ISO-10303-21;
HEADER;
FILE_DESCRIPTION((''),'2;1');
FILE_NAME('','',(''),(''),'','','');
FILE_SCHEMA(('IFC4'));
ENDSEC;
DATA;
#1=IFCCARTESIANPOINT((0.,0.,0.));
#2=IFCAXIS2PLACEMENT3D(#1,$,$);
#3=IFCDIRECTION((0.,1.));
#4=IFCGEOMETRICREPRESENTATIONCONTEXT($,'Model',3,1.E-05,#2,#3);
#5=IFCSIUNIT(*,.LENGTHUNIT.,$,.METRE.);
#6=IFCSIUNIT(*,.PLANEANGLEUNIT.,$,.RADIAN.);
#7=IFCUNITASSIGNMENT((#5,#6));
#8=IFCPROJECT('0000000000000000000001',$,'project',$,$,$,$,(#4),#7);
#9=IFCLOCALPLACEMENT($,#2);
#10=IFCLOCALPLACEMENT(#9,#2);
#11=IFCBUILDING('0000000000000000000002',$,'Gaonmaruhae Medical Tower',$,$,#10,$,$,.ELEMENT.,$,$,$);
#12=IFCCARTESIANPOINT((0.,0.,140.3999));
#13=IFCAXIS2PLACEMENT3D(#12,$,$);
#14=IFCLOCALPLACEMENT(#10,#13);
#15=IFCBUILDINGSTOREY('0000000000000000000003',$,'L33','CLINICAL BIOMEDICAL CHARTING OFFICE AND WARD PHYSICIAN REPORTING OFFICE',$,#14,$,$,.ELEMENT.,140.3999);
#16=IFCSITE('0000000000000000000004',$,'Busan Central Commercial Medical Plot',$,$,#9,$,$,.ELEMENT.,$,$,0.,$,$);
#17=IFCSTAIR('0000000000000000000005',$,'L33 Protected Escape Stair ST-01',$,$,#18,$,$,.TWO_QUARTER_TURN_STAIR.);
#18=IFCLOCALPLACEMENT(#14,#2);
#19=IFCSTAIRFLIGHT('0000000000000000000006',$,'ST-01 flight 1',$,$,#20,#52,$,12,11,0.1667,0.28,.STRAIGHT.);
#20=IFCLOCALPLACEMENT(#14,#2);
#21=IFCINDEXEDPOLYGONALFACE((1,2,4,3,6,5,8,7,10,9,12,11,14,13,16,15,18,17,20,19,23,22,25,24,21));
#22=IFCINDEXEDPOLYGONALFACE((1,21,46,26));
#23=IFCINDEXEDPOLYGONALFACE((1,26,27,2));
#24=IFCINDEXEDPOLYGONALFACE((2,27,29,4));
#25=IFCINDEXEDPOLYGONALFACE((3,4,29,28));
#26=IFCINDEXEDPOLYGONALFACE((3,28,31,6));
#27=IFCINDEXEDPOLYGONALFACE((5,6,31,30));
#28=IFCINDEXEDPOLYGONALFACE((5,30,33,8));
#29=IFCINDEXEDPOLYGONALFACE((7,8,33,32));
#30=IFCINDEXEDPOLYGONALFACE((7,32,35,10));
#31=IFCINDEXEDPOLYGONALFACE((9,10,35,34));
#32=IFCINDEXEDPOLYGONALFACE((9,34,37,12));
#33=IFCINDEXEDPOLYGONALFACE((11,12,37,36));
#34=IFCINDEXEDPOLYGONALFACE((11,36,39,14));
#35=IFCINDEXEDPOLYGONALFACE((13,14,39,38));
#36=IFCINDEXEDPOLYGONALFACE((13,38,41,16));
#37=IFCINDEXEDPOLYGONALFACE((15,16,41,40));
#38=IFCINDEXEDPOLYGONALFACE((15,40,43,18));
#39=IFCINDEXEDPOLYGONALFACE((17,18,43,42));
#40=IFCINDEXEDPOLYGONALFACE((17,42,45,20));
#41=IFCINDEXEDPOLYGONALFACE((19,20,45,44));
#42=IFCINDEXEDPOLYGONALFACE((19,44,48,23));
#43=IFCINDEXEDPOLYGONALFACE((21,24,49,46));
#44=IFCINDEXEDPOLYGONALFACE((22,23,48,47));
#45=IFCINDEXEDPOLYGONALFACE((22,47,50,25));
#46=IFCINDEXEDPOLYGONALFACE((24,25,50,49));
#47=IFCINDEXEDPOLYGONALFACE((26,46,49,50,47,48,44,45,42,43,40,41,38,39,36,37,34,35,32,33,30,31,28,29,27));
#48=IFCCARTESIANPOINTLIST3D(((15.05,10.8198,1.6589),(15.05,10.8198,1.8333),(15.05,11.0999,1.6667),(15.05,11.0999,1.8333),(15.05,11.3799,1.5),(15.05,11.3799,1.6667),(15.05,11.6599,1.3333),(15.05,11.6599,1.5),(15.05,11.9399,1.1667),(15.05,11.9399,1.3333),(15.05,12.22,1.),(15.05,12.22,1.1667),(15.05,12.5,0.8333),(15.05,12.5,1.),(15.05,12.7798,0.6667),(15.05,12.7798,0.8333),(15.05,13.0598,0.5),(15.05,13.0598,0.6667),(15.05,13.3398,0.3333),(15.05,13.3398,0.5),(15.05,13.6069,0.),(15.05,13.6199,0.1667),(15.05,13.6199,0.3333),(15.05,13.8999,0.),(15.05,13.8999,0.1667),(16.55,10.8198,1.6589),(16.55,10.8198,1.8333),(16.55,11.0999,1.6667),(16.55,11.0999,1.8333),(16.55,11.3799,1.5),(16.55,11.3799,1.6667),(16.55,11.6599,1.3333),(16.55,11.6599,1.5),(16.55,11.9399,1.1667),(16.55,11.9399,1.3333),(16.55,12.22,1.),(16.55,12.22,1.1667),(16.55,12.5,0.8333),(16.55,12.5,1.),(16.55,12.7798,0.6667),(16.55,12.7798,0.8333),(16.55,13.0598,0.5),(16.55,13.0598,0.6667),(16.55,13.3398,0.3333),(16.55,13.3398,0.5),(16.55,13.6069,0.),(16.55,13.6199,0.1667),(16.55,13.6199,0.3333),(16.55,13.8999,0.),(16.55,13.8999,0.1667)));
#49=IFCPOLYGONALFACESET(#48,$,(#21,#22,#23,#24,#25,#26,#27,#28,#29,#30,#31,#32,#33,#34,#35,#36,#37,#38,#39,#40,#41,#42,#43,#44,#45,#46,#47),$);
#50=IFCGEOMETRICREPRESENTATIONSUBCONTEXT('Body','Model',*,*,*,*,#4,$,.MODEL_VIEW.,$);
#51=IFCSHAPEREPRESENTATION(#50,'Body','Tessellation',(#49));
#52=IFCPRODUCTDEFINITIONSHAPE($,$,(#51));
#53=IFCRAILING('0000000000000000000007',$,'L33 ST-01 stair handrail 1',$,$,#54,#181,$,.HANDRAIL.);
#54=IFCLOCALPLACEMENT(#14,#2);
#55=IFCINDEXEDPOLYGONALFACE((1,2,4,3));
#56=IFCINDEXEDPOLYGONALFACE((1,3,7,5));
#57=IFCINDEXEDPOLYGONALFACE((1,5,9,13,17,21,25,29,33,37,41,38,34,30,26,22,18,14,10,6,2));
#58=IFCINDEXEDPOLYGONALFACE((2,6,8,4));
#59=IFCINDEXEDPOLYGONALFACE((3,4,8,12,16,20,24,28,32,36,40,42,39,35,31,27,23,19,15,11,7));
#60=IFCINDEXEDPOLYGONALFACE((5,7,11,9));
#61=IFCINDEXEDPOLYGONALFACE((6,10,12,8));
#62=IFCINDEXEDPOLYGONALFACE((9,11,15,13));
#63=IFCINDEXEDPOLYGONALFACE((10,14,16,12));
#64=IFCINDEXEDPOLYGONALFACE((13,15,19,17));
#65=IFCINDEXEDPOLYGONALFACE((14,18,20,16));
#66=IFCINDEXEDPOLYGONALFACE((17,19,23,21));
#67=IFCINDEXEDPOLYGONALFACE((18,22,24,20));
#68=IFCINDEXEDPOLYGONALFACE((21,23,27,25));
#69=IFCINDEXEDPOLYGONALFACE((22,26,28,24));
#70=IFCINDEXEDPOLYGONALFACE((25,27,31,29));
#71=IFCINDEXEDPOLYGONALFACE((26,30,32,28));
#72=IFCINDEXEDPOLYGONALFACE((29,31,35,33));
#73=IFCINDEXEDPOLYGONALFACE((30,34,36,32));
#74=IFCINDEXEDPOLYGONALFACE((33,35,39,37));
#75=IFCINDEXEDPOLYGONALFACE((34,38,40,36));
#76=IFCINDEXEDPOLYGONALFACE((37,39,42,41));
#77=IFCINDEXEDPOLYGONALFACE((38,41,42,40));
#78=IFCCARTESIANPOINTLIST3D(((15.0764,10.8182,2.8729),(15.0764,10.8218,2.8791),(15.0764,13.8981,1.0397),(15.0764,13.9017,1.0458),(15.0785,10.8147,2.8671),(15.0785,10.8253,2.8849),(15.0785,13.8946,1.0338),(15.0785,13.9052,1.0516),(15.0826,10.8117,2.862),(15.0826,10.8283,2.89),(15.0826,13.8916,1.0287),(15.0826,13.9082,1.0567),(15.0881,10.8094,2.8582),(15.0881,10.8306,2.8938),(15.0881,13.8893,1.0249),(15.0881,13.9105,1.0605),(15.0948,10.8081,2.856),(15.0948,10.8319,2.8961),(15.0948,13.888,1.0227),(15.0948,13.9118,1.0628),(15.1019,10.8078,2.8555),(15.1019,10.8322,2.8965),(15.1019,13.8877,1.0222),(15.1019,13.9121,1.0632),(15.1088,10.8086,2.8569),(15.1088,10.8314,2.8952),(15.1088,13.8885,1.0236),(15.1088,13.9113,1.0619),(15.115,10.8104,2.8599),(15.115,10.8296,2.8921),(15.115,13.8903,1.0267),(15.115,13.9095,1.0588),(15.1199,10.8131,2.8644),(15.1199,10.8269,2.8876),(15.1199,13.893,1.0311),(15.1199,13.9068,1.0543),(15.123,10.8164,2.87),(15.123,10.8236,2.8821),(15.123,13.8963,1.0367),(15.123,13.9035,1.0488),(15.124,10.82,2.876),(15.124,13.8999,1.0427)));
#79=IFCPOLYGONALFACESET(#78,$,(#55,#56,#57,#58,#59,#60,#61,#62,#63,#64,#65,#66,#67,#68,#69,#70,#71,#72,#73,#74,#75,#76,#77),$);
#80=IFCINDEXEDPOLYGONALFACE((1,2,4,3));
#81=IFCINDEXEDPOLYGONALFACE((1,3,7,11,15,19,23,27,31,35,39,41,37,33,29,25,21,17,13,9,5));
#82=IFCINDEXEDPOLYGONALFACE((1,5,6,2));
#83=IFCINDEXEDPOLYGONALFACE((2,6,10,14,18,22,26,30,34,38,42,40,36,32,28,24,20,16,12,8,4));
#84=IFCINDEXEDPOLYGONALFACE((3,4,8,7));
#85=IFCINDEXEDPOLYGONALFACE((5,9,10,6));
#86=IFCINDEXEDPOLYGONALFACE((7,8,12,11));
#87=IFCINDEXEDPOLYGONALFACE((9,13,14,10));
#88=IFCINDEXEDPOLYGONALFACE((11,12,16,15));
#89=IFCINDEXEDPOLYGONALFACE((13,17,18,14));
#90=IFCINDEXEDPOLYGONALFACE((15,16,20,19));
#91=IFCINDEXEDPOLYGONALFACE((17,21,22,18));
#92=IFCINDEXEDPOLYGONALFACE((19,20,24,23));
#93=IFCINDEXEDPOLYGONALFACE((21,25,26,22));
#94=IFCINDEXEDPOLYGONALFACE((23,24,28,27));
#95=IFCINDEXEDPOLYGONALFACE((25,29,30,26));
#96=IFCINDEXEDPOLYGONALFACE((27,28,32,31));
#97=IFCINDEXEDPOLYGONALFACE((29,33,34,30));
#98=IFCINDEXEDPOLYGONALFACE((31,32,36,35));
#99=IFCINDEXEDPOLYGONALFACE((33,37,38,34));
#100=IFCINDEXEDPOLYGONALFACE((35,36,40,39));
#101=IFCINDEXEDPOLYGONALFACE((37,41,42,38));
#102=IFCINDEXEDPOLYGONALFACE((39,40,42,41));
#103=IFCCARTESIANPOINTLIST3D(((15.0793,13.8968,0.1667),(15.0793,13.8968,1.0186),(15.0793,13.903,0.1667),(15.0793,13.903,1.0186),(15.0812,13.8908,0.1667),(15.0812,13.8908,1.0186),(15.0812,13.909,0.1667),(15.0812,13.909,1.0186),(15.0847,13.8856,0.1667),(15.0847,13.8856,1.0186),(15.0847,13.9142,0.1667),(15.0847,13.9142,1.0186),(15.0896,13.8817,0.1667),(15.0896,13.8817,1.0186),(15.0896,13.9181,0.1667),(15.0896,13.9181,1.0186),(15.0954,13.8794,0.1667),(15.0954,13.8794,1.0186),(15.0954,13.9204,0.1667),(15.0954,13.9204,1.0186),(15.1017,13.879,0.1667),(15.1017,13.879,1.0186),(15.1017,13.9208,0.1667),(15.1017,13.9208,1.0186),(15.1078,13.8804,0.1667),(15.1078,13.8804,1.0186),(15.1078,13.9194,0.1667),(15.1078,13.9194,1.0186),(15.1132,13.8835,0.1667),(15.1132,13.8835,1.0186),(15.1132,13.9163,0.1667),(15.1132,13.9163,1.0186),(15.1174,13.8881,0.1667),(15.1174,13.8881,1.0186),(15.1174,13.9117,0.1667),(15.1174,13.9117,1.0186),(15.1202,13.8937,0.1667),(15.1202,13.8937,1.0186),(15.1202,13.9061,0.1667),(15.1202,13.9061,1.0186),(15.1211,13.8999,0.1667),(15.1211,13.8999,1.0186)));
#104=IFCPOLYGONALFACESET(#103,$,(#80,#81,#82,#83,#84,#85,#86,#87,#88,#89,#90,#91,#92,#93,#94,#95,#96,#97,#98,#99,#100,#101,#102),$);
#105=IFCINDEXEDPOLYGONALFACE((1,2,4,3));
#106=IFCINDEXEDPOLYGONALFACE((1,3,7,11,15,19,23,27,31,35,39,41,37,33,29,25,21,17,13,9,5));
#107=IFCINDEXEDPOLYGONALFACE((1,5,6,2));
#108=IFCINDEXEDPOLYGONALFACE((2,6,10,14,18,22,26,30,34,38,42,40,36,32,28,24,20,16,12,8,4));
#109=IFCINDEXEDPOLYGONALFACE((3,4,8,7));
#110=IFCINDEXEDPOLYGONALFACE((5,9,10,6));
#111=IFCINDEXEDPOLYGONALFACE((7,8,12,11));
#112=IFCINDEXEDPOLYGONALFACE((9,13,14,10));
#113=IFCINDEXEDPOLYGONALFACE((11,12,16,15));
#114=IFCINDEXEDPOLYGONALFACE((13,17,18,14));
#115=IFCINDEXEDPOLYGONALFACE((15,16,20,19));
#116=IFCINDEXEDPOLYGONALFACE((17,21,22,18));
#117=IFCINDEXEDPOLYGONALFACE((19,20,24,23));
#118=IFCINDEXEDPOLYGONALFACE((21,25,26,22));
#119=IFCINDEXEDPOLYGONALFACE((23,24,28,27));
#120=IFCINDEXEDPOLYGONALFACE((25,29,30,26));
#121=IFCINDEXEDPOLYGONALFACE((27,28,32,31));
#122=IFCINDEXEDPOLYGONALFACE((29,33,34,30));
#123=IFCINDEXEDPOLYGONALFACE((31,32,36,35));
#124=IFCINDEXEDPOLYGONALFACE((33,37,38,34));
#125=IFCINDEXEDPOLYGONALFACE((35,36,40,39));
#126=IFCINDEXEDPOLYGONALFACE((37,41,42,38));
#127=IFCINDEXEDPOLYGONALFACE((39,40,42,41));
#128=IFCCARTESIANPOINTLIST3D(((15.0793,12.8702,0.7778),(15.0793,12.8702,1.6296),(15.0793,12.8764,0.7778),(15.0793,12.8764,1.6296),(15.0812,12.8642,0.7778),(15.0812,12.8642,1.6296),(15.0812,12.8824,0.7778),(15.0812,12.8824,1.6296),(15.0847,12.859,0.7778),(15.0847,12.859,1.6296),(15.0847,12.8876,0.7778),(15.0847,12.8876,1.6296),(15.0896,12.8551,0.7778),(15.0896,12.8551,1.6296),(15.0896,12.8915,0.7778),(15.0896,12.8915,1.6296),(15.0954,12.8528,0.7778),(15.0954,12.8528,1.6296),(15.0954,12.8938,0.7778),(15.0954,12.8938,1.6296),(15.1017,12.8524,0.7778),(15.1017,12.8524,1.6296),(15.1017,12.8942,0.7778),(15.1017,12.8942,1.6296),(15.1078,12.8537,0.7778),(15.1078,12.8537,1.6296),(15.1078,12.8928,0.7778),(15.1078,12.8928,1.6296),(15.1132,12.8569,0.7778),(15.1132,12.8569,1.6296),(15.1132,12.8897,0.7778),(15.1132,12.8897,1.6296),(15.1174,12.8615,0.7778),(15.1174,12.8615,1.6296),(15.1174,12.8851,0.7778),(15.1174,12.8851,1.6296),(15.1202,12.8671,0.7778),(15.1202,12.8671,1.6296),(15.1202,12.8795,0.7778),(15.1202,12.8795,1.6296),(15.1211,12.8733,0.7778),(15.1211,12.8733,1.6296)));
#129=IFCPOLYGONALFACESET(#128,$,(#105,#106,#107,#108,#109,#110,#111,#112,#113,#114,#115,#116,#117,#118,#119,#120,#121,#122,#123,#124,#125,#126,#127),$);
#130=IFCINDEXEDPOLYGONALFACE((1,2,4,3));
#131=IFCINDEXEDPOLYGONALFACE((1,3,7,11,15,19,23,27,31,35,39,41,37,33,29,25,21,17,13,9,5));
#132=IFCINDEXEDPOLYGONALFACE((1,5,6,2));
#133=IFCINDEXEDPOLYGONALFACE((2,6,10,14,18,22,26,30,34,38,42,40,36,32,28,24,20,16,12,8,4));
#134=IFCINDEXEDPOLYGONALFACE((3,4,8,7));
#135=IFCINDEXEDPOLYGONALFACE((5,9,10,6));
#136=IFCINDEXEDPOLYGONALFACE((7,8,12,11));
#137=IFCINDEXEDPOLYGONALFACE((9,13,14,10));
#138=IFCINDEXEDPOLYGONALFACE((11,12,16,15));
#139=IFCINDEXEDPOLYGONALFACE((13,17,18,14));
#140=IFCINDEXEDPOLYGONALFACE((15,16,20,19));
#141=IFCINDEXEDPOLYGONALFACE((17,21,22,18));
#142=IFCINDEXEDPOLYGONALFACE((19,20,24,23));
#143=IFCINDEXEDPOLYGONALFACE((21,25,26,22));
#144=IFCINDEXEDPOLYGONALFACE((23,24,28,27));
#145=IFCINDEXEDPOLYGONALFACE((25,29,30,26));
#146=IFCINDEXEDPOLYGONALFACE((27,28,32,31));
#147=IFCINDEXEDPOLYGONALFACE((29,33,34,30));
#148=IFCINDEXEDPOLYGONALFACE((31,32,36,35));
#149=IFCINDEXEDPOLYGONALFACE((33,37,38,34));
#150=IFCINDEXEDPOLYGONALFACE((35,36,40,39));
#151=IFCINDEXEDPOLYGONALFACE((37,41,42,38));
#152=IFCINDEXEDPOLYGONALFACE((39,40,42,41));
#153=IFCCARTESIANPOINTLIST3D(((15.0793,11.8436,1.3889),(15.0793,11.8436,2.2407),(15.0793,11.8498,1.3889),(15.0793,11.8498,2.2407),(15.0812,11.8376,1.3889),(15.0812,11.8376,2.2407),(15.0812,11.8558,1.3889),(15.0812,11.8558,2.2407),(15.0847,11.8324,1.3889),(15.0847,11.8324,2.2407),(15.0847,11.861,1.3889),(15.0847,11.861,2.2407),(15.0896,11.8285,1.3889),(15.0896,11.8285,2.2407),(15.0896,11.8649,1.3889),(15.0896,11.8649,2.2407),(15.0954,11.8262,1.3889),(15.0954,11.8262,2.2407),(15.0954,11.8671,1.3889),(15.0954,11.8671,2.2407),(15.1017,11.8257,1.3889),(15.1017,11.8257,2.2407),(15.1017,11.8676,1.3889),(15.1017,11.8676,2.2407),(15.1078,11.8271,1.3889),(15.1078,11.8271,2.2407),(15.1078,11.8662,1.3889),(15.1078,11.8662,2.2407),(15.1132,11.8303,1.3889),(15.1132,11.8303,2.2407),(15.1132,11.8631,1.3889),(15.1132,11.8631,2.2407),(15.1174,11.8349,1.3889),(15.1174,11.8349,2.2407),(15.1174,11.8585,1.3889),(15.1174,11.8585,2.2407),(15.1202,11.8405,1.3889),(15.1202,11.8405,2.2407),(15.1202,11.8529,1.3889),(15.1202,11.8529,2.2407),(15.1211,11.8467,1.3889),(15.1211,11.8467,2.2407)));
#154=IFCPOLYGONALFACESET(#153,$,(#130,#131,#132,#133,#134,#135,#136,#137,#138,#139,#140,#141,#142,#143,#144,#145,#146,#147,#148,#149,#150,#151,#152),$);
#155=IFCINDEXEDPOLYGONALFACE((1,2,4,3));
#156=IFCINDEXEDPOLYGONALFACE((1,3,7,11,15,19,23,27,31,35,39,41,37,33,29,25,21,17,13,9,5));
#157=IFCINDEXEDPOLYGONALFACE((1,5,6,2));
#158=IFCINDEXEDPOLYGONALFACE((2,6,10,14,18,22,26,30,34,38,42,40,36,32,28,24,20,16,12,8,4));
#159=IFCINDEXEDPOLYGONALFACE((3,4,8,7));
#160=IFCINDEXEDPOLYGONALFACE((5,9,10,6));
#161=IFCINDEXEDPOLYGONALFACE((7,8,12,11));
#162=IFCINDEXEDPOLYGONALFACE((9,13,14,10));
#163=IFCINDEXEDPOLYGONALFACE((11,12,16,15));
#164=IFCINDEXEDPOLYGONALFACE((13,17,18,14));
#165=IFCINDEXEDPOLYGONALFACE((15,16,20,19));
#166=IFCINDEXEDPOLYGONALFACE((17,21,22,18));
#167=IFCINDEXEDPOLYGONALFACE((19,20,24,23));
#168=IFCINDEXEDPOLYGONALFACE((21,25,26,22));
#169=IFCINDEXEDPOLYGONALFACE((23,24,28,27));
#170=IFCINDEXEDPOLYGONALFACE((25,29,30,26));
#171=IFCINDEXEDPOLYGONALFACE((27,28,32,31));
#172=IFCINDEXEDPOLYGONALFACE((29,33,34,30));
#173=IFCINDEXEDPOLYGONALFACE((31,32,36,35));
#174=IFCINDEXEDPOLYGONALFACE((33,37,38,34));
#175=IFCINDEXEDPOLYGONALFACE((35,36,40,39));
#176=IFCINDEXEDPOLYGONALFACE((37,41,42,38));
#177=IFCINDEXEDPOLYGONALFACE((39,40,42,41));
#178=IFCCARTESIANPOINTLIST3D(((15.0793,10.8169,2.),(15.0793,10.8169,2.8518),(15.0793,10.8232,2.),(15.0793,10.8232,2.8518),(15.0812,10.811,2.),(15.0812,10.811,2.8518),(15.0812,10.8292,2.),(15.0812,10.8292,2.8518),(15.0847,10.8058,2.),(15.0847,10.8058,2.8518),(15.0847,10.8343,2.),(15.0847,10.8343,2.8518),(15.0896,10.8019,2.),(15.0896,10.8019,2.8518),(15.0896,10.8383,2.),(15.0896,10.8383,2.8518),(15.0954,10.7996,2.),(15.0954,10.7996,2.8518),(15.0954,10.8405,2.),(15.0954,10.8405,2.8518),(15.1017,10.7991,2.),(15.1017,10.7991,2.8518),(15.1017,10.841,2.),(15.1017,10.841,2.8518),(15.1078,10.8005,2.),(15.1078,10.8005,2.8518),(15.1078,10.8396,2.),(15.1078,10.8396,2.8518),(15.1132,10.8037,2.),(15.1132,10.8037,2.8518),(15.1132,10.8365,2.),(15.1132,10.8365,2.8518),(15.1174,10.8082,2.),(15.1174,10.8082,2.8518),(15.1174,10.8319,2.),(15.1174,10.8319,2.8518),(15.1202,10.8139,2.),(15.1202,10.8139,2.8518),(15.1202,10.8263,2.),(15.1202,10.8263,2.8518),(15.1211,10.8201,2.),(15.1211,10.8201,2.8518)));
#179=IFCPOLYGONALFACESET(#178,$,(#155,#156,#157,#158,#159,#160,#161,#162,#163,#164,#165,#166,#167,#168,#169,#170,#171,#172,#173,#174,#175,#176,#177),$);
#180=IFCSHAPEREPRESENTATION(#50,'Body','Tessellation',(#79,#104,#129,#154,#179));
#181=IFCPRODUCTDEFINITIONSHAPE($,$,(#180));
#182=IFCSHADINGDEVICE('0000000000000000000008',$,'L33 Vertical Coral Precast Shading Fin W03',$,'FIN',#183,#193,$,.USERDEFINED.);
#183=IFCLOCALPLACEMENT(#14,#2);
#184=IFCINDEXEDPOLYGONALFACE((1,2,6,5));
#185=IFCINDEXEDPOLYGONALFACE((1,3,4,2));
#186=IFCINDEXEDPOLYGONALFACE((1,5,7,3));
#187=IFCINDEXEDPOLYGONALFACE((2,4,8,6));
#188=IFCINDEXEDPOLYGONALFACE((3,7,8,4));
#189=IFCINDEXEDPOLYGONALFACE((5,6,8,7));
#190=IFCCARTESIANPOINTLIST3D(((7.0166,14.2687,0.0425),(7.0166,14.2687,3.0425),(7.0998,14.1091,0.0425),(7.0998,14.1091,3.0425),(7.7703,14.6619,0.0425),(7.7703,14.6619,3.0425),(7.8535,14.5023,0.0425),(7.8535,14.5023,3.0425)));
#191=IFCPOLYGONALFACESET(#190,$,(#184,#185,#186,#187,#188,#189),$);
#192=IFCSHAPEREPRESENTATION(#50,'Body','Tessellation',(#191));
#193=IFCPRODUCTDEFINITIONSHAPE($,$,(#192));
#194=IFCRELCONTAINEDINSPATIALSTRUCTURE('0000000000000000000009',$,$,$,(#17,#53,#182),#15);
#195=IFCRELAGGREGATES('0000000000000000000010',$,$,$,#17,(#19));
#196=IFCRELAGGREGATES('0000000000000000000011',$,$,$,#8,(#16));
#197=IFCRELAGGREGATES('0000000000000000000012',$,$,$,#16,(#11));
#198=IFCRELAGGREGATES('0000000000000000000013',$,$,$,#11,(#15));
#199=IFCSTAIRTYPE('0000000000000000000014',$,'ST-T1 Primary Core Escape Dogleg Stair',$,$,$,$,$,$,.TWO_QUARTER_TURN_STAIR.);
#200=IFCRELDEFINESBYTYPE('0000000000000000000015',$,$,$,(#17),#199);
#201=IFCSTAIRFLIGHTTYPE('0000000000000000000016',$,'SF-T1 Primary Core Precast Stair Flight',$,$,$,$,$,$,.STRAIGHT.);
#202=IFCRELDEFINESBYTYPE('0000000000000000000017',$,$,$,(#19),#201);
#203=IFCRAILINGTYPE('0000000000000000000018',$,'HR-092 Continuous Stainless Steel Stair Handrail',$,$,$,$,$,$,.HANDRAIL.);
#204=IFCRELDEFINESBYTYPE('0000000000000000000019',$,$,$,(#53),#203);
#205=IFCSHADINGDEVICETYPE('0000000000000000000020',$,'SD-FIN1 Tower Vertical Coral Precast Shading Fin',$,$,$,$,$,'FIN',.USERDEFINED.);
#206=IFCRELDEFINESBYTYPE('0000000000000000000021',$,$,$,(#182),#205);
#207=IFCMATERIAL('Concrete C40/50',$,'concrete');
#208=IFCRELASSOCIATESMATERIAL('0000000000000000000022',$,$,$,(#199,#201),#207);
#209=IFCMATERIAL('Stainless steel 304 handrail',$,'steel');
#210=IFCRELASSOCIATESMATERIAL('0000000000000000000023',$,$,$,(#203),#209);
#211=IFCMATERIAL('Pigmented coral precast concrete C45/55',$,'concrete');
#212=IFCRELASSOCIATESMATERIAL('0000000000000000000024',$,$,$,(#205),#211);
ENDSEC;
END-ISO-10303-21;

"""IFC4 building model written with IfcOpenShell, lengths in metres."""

from ifc_helpers import new_model, si_unit, direction, frame, origin, origin_2d, place, context, subcontext, project, spatial, polyline, rectangle, circle, outline, extrude, material, type_object, element, aggregate, save


model = new_model("IFC4")

# Units and contexts
model_context = context("Model", 3, precision=1e-05, world=origin(), true_north=direction((0.0, 1.0)))
body_context = subcontext(model_context, "Body", "Model", "MODEL_VIEW")
ifc_project = project(units=[si_unit("LENGTHUNIT", "METRE"), si_unit("PLANEANGLEUNIT", "RADIAN")], contexts=[model_context])

# Site, building, storey
site_placement = place(None, origin())
site = spatial("IfcSite", under=ifc_project, at=site_placement, Name="Busan Central Commercial Medical Plot", CompositionType="ELEMENT", RefElevation=0.0)
building_placement = place(site_placement, origin())
building = spatial("IfcBuilding", under=site, at=building_placement, Name="Gaonmaruhae Medical Tower", CompositionType="ELEMENT")
storey_placement = place(building_placement, frame((0.0, 0.0, 140.3999)))
storey = spatial("IfcBuildingStorey", under=building, at=storey_placement, Name="L33", Description="CLINICAL BIOMEDICAL CHARTING OFFICE AND WARD PHYSICIAN REPORTING OFFICE", CompositionType="ELEMENT", Elevation=140.3999)

# Stair, stair flight
ifc_material_1 = material(Name="Concrete C40/50", Category="concrete")
stair_type = type_object("IfcStairType", Name="ST-T1 Primary Core Escape Dogleg Stair", PredefinedType="TWO_QUARTER_TURN_STAIR", material=ifc_material_1)
stair_placement = place(storey_placement, origin())
stair = element("IfcStair", 1, at=stair_placement, inside=storey, type_object=stair_type, Name="L33 Protected Escape Stair ST-01", PredefinedType="TWO_QUARTER_TURN_STAIR")
stair_flight_type = type_object("IfcStairFlightType", Name="SF-T1 Primary Core Precast Stair Flight", PredefinedType="STRAIGHT", material=ifc_material_1)
stair_flight_placement = place(storey_placement, frame((15.8, 13.8999, 0.0), z_axis=(0.0, 0.0, 1.0), x_axis=(0.0, -1.0, 0.0)))
stair_flight = element("IfcStairFlight", 2, at=stair_flight_placement, type_object=stair_flight_type, Name="ST-01 flight 1", NumberOfRisers=12, NumberOfTreads=11, PredefinedType="STRAIGHT", RiserHeight=0.1667, TreadLength=0.28, context=body_context, shape_type="SweptSolid", body=[
    extrude(outline(polyline([(0.0, 0.0), (0.0, 0.1667), (0.28, 0.1667), (0.28, 0.3333), (0.5601, 0.3333), (0.5601, 0.5), (0.8401, 0.5), (0.8401, 0.6667), (1.1201, 0.6667), (1.1201, 0.8333), (1.3999, 0.8333), (1.3999, 1.0), (1.6799, 1.0), (1.6799, 1.1667), (1.96, 1.1667), (1.96, 1.3333), (2.24, 1.3333), (2.24, 1.5), (2.52, 1.5), (2.52, 1.6667), (2.8, 1.6667), (2.8, 1.8333), (3.0801, 1.8333), (3.0801, 2.0), (3.0801, 1.6589), (0.293, 0.0), (0.0, 0.0)])), frame((0.0, 0.75, 0.0), z_axis=(0.0, -1.0, 0.0), x_axis=(1.0, 0.0, 0.0)), (0.0, 0.0, 1.0), 1.5),
])
aggregate(stair, [stair_flight])

# Railing
ifc_material_2 = material(Name="Stainless steel 304 handrail", Category="steel")
railing_type = type_object("IfcRailingType", Name="HR-092 Continuous Stainless Steel Stair Handrail", PredefinedType="HANDRAIL", material=ifc_material_2)
railing_placement = place(storey_placement, frame((15.1001, 13.8999, 0.1667)))
element("IfcRailing", 3, at=railing_placement, inside=storey, type_object=railing_type, Name="L33 ST-01 stair handrail 1", PredefinedType="HANDRAIL", context=body_context, shape_type="SweptSolid", body=[
    extrude(circle(Radius=0.0239, at=origin_2d()), frame((0.0, 0.0, 0.876), z_axis=(0.0, -0.859291, 0.511487), x_axis=(1.0, 0.0, 0.0)), (0.0, 0.0, 1.0), 3.5842),
    extrude(circle(Radius=0.021, at=origin_2d()), origin(), (0.0, 0.0, 1.0), 0.8518),
    extrude(circle(Radius=0.021, at=origin_2d()), frame((0.0, -1.0266, 0.6111)), (0.0, 0.0, 1.0), 0.8518),
    extrude(circle(Radius=0.021, at=origin_2d()), frame((0.0, -2.0532, 1.2222)), (0.0, 0.0, 1.0), 0.8518),
    extrude(circle(Radius=0.021, at=origin_2d()), frame((0.0, -3.0798, 1.8333)), (0.0, 0.0, 1.0), 0.8518),
])

# Shading device
ifc_material_3 = material(Name="Pigmented coral precast concrete C45/55", Category="concrete")
shading_device_type = type_object("IfcShadingDeviceType", Name="SD-FIN1 Tower Vertical Coral Precast Shading Fin", ElementType="FIN", PredefinedType="USERDEFINED", material=ifc_material_3)
shading_device_placement = place(storey_placement, frame((7.4351, 14.3855, 0.0425), z_axis=(0.0, 0.0, 1.0), x_axis=(-0.462523, 0.886608, 0.0)))
element("IfcShadingDevice", 4, at=shading_device_placement, inside=storey, type_object=shading_device_type, Name="L33 Vertical Coral Precast Shading Fin W03", ObjectType="FIN", PredefinedType="USERDEFINED", context=body_context, shape_type="SweptSolid", body=[
    extrude(rectangle(XDim=0.1799, YDim=0.8501, at=origin_2d()), origin(), (0.0, 0.0, 1.0), 3.0),
])

save(model, "model.ifc")
